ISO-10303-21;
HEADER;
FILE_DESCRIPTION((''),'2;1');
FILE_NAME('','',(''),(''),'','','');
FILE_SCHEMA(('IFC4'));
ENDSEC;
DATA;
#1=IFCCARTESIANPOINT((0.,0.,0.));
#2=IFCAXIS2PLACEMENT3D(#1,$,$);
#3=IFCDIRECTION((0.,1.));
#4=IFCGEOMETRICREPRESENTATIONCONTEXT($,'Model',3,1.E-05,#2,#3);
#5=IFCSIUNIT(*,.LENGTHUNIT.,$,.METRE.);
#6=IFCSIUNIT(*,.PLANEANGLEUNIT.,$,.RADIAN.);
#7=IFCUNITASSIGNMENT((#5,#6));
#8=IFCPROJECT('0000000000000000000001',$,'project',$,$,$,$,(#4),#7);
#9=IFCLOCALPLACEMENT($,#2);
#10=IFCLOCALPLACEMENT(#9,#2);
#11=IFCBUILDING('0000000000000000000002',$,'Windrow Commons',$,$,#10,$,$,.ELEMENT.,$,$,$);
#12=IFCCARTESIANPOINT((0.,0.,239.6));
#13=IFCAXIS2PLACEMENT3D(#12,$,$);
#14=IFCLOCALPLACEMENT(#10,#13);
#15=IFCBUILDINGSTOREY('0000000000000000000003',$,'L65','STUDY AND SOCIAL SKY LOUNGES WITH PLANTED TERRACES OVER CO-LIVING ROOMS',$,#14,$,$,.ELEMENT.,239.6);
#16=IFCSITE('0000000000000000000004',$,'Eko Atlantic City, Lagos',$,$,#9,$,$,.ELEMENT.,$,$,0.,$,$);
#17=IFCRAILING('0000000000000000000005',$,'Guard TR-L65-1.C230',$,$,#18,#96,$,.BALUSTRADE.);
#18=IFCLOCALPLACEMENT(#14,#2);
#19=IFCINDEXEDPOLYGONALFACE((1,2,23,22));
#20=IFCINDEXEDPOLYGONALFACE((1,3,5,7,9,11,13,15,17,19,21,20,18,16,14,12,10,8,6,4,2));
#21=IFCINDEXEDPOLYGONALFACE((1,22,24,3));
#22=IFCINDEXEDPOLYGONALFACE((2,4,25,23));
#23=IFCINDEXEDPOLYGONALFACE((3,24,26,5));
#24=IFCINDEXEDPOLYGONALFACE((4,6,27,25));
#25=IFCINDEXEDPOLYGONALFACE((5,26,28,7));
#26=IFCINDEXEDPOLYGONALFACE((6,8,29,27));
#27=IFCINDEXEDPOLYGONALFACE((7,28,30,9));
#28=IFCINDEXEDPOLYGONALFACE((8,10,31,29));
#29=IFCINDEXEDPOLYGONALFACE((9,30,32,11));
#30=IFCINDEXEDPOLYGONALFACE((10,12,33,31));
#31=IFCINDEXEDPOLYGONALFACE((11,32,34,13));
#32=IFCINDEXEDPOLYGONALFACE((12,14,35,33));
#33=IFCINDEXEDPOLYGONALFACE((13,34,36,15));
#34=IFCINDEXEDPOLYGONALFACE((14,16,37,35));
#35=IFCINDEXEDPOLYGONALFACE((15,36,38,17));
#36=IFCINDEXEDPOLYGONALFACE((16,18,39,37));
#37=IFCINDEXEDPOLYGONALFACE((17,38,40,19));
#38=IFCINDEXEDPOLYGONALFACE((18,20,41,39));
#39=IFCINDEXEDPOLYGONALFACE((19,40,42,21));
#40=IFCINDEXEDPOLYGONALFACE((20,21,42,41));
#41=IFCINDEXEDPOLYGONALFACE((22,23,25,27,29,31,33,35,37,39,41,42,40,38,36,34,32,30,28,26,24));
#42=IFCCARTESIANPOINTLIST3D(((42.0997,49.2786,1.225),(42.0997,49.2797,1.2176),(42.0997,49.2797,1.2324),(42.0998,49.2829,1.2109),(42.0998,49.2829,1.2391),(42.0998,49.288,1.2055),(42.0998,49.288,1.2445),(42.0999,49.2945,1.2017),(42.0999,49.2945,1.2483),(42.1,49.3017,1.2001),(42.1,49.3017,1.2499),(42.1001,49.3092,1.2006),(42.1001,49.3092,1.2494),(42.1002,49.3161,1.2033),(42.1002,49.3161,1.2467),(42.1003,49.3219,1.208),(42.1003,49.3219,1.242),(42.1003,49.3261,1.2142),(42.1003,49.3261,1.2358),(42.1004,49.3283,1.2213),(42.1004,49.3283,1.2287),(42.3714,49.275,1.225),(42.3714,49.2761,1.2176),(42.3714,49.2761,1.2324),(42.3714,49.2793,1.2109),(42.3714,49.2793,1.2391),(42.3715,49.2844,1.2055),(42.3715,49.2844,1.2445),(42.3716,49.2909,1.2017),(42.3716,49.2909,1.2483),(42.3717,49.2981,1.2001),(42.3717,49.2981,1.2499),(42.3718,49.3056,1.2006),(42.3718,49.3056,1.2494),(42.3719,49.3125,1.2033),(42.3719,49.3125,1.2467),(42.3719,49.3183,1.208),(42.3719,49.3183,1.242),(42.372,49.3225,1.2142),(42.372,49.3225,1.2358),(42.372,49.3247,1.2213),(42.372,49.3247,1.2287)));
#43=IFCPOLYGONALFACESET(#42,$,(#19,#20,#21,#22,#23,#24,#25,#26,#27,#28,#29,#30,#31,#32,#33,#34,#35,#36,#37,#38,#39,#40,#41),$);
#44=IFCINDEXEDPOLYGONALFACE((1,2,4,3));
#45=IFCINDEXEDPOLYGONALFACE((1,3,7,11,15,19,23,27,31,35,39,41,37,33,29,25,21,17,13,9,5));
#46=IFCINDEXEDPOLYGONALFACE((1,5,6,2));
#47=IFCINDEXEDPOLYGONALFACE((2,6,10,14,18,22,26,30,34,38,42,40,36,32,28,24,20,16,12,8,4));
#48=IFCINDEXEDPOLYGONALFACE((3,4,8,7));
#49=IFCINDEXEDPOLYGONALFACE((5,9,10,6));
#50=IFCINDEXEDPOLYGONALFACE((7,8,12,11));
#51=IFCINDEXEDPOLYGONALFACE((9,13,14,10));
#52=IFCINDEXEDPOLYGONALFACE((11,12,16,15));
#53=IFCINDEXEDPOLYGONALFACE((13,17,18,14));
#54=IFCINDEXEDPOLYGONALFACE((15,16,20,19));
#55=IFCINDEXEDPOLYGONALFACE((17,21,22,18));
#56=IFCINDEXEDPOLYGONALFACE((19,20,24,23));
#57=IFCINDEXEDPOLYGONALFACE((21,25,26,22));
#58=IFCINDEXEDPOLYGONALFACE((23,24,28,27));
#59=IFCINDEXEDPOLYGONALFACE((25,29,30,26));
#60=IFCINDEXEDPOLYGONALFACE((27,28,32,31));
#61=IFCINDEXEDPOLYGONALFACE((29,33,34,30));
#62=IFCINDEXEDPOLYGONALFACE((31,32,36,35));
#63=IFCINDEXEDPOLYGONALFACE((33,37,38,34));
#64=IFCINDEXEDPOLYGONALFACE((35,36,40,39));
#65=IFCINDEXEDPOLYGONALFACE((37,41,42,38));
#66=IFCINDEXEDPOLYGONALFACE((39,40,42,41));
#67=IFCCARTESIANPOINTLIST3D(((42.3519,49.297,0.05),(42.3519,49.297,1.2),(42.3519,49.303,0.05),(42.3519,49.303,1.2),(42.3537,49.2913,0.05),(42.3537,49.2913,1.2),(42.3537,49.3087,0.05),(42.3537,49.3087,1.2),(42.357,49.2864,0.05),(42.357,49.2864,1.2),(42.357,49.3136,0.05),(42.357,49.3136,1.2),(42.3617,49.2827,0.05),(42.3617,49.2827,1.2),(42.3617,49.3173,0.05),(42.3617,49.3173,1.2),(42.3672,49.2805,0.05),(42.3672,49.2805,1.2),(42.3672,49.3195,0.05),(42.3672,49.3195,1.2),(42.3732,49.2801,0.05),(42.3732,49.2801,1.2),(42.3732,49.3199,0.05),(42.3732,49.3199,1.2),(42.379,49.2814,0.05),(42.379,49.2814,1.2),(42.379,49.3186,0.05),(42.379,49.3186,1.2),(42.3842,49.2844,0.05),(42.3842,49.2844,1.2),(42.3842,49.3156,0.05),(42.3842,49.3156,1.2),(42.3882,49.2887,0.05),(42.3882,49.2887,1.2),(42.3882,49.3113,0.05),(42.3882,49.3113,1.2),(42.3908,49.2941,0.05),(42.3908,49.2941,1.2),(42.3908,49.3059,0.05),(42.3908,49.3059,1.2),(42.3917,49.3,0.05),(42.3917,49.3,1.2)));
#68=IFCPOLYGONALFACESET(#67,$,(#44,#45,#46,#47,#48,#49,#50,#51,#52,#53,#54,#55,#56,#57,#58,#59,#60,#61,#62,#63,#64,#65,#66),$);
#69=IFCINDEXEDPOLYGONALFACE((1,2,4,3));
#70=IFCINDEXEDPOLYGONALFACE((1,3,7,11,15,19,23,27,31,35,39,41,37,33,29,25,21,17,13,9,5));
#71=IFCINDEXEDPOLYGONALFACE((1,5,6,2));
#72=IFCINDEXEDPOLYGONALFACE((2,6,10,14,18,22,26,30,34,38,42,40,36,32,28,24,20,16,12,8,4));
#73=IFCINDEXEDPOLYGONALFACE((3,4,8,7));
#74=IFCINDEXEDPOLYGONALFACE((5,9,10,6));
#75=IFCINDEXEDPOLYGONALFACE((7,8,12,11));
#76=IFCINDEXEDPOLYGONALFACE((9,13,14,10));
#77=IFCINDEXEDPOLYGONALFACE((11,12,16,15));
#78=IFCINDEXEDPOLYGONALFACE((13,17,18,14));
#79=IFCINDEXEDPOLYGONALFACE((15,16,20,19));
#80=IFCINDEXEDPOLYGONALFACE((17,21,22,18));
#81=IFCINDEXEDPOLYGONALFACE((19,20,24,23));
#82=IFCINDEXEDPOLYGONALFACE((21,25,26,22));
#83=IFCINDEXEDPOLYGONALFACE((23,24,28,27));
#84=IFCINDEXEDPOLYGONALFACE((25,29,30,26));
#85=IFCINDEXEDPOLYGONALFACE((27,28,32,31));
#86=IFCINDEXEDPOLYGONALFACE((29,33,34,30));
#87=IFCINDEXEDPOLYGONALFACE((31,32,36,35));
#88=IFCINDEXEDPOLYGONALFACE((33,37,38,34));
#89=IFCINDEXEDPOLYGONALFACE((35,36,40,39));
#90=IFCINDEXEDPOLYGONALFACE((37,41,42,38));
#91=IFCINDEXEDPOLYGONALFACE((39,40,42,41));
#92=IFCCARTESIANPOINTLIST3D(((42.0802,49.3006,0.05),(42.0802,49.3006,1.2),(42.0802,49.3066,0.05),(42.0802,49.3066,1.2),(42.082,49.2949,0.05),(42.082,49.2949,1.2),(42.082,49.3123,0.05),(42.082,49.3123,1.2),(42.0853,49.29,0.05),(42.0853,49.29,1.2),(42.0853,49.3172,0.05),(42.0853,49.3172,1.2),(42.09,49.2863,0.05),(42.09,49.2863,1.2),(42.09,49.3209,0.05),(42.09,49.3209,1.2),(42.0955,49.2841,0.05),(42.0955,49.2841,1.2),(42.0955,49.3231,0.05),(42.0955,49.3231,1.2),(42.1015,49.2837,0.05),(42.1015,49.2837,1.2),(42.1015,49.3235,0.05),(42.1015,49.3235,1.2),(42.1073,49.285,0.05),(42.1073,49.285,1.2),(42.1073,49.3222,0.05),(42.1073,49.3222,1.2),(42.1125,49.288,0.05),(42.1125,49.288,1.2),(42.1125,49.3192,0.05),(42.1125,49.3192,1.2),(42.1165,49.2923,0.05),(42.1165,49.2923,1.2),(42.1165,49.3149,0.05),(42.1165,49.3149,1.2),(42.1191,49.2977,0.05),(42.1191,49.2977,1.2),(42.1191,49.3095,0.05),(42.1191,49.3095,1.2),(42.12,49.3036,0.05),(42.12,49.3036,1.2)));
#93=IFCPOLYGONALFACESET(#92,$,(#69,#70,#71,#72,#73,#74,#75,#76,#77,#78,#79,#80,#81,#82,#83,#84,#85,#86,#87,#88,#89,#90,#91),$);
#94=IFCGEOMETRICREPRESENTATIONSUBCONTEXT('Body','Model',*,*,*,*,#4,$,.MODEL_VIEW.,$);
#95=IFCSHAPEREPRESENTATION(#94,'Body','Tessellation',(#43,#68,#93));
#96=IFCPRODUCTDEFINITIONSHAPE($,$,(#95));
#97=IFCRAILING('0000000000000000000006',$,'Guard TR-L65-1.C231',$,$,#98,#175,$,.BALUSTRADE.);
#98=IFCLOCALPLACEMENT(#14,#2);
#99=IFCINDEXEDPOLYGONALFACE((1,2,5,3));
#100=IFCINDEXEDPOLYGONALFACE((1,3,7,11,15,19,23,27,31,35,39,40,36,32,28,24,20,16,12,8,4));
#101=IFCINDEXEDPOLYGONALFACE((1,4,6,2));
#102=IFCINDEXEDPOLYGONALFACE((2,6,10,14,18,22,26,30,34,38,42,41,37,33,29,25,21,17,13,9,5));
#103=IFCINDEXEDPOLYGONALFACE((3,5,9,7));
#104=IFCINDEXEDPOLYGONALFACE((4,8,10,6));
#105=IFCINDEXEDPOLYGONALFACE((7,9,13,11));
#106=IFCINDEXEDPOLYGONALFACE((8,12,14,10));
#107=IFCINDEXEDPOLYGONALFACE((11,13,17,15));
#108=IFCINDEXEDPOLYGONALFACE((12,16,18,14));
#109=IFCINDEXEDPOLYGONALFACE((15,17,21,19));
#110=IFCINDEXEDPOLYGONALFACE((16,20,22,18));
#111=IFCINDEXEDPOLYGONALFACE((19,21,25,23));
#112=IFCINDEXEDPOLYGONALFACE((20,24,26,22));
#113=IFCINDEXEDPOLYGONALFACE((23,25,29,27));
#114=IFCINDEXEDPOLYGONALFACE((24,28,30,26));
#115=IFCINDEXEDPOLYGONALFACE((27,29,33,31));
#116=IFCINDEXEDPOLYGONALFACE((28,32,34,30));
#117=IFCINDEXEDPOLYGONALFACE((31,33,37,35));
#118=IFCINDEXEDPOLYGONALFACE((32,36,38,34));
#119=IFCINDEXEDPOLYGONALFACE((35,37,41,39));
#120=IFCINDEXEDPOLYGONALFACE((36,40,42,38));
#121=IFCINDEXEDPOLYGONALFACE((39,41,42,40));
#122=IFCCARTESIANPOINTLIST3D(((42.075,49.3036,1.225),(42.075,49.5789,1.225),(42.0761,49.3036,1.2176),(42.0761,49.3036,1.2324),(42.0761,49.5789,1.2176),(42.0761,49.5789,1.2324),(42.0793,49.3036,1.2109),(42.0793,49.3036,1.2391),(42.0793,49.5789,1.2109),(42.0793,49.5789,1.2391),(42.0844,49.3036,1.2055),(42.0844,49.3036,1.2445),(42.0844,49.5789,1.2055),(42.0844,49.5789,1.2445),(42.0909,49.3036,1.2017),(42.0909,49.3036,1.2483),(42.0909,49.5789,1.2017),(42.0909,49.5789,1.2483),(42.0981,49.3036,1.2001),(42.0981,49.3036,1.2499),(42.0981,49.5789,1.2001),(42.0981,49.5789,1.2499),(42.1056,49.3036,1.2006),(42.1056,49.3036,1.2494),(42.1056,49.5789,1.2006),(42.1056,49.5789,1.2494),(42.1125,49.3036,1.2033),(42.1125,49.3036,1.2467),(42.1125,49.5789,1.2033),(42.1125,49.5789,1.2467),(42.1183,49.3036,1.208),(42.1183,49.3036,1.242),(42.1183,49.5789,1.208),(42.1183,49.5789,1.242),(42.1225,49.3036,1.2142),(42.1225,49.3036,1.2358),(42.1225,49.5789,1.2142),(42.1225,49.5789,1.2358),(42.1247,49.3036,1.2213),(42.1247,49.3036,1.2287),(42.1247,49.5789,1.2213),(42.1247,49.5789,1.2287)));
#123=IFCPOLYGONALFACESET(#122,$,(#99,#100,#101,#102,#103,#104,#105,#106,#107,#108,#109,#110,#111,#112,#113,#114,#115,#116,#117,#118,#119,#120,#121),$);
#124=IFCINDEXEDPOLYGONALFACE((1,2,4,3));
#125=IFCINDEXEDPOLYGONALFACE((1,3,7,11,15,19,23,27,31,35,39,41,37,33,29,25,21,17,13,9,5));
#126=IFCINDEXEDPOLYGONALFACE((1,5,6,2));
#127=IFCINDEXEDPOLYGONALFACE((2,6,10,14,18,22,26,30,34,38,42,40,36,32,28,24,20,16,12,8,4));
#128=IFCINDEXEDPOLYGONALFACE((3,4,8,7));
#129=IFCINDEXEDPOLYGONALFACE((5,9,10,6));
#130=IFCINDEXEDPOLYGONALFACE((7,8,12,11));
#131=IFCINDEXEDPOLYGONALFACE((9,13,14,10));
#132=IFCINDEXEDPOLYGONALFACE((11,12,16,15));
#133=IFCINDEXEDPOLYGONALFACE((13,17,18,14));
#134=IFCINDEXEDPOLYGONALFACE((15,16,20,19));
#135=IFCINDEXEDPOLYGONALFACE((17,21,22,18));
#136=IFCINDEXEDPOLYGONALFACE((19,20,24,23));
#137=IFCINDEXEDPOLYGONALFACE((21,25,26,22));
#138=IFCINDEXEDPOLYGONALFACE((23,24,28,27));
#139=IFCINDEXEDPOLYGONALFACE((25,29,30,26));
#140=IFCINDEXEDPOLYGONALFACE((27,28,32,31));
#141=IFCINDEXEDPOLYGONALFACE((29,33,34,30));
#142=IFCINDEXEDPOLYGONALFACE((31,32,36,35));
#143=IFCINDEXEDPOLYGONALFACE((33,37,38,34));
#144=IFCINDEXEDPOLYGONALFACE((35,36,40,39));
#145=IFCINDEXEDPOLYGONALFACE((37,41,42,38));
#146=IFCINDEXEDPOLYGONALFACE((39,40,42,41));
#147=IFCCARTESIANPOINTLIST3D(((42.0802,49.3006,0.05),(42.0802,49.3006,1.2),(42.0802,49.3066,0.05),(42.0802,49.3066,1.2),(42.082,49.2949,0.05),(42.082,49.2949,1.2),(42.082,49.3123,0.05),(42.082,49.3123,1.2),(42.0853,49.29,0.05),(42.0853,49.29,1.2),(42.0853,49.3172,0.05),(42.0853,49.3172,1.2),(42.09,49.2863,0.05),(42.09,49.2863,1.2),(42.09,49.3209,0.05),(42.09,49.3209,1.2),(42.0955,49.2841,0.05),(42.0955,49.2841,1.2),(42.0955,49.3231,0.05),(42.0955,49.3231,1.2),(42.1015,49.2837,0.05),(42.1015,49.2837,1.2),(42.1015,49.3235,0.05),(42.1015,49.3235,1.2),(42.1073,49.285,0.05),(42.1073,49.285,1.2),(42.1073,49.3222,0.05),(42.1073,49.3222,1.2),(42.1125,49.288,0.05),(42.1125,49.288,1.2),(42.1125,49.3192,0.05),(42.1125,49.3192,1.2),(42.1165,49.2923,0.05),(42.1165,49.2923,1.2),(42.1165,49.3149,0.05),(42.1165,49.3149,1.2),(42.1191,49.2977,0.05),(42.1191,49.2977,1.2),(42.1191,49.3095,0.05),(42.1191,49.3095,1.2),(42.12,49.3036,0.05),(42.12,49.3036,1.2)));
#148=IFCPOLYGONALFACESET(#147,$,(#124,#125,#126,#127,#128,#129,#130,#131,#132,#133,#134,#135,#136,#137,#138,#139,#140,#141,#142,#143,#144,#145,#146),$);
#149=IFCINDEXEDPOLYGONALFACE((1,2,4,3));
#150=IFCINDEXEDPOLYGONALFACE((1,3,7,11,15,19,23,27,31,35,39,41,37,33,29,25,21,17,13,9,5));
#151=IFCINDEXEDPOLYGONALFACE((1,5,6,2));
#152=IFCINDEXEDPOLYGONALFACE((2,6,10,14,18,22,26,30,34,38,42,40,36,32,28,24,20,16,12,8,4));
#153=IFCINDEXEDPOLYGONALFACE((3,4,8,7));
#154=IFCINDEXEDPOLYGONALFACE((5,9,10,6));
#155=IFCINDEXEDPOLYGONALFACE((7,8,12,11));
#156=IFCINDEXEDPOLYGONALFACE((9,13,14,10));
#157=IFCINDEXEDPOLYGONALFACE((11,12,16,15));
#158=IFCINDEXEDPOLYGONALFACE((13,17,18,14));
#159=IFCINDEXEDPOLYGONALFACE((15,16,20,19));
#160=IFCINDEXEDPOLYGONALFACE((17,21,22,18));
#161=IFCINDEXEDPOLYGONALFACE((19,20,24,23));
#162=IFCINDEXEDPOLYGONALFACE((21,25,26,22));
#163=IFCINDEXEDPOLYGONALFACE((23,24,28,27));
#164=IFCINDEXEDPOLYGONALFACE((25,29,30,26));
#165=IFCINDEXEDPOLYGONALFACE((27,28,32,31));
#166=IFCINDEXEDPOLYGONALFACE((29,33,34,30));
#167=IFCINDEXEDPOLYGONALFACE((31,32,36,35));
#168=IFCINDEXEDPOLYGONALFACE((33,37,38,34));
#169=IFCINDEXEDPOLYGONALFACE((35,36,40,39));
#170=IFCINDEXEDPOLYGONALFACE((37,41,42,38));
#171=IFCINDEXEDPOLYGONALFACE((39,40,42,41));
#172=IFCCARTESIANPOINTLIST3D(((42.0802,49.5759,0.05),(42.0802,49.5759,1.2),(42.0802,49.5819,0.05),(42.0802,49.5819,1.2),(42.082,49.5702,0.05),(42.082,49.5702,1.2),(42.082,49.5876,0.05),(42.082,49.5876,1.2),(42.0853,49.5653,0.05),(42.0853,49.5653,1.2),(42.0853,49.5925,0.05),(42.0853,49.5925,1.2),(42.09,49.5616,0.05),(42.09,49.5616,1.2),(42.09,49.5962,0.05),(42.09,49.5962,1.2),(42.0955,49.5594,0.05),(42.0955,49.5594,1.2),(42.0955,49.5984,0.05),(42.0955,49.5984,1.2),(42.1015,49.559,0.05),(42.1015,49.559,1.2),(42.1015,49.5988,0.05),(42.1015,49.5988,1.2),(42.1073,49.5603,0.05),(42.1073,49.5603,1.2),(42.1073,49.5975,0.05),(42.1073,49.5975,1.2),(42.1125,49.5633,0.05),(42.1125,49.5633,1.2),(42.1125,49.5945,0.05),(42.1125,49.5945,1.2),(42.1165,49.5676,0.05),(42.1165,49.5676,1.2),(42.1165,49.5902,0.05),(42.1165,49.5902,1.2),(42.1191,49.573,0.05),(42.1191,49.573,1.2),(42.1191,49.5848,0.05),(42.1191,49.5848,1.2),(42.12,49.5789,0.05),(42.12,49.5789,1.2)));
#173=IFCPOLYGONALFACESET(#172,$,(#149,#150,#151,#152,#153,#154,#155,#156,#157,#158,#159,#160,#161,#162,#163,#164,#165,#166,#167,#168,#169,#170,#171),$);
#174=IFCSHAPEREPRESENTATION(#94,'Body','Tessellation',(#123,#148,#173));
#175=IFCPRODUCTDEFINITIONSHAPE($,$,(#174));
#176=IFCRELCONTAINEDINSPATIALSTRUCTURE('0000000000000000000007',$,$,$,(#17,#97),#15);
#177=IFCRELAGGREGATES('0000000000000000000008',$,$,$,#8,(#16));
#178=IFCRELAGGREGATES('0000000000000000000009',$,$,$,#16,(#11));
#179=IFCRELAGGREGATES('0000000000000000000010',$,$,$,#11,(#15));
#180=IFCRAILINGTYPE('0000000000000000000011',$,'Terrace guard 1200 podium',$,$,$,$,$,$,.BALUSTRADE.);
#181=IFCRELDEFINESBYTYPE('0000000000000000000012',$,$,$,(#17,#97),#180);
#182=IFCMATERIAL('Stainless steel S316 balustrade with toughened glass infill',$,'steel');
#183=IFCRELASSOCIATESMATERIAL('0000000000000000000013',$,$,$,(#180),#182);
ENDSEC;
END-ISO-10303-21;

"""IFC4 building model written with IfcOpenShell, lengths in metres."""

from ifc_helpers import new_model, si_unit, direction, frame, origin, origin_2d, place, context, subcontext, project, spatial, circle, extrude, material, type_object, element, save


model = new_model("IFC4")

# Units and contexts
model_context = context("Model", 3, precision=1e-05, world=origin(), true_north=direction((0.0, 1.0)))
body_context = subcontext(model_context, "Body", "Model", "MODEL_VIEW")
ifc_project = project(units=[si_unit("LENGTHUNIT", "METRE"), si_unit("PLANEANGLEUNIT", "RADIAN")], contexts=[model_context])

# Site, building, storey
site_placement = place(None, origin())
site = spatial("IfcSite", under=ifc_project, at=site_placement, Name="Eko Atlantic City, Lagos", CompositionType="ELEMENT", RefElevation=0.0)
building_placement = place(site_placement, origin())
building = spatial("IfcBuilding", under=site, at=building_placement, Name="Windrow Commons", CompositionType="ELEMENT")
storey_placement = place(building_placement, frame((0.0, 0.0, 239.6)))
storey = spatial("IfcBuildingStorey", under=building, at=storey_placement, Name="L65", Description="STUDY AND SOCIAL SKY LOUNGES WITH PLANTED TERRACES OVER CO-LIVING ROOMS", CompositionType="ELEMENT", Elevation=239.6)

# Railings
ifc_material_1 = material(Name="Stainless steel S316 balustrade with toughened glass infill", Category="steel")
railing_type = type_object("IfcRailingType", Name="Terrace guard 1200 podium", PredefinedType="BALUSTRADE", material=ifc_material_1)
railing_1_placement = place(storey_placement, frame((42.3717, 49.3, 0.05)))
element("IfcRailing", 1, at=railing_1_placement, inside=storey, type_object=railing_type, Name="Guard TR-L65-1.C230", PredefinedType="BALUSTRADE", context=body_context, shape_type="SweptSolid", body=[
    extrude(circle(Radius=0.025, at=origin_2d()), frame((0.0, 0.0, 1.175), z_axis=(-0.999912, 0.013249, 0.0), x_axis=(-0.013249, -0.999912, 0.0)), (0.0, 0.0, 1.0), 0.2717),
    extrude(circle(Radius=0.02, at=origin_2d()), origin(), (0.0, 0.0, 1.0), 1.15),
    extrude(circle(Radius=0.02, at=origin_2d()), frame((-0.2717, 0.0036, 0.0)), (0.0, 0.0, 1.0), 1.15),
])
railing_2_placement = place(storey_placement, frame((42.1, 49.3036, 0.05)))
element("IfcRailing", 2, at=railing_2_placement, inside=storey, type_object=railing_type, Name="Guard TR-L65-1.C231", PredefinedType="BALUSTRADE", context=body_context, shape_type="SweptSolid", body=[
    extrude(circle(Radius=0.025, at=origin_2d()), frame((0.0, 0.0, 1.175), z_axis=(0.0, 1.0, 0.0), x_axis=(-1.0, 0.0, 0.0)), (0.0, 0.0, 1.0), 0.2753),
    extrude(circle(Radius=0.02, at=origin_2d()), origin(), (0.0, 0.0, 1.0), 1.15),
    extrude(circle(Radius=0.02, at=origin_2d()), frame((0.0, 0.2753, 0.0)), (0.0, 0.0, 1.0), 1.15),
])

save(model, "model.ifc")
